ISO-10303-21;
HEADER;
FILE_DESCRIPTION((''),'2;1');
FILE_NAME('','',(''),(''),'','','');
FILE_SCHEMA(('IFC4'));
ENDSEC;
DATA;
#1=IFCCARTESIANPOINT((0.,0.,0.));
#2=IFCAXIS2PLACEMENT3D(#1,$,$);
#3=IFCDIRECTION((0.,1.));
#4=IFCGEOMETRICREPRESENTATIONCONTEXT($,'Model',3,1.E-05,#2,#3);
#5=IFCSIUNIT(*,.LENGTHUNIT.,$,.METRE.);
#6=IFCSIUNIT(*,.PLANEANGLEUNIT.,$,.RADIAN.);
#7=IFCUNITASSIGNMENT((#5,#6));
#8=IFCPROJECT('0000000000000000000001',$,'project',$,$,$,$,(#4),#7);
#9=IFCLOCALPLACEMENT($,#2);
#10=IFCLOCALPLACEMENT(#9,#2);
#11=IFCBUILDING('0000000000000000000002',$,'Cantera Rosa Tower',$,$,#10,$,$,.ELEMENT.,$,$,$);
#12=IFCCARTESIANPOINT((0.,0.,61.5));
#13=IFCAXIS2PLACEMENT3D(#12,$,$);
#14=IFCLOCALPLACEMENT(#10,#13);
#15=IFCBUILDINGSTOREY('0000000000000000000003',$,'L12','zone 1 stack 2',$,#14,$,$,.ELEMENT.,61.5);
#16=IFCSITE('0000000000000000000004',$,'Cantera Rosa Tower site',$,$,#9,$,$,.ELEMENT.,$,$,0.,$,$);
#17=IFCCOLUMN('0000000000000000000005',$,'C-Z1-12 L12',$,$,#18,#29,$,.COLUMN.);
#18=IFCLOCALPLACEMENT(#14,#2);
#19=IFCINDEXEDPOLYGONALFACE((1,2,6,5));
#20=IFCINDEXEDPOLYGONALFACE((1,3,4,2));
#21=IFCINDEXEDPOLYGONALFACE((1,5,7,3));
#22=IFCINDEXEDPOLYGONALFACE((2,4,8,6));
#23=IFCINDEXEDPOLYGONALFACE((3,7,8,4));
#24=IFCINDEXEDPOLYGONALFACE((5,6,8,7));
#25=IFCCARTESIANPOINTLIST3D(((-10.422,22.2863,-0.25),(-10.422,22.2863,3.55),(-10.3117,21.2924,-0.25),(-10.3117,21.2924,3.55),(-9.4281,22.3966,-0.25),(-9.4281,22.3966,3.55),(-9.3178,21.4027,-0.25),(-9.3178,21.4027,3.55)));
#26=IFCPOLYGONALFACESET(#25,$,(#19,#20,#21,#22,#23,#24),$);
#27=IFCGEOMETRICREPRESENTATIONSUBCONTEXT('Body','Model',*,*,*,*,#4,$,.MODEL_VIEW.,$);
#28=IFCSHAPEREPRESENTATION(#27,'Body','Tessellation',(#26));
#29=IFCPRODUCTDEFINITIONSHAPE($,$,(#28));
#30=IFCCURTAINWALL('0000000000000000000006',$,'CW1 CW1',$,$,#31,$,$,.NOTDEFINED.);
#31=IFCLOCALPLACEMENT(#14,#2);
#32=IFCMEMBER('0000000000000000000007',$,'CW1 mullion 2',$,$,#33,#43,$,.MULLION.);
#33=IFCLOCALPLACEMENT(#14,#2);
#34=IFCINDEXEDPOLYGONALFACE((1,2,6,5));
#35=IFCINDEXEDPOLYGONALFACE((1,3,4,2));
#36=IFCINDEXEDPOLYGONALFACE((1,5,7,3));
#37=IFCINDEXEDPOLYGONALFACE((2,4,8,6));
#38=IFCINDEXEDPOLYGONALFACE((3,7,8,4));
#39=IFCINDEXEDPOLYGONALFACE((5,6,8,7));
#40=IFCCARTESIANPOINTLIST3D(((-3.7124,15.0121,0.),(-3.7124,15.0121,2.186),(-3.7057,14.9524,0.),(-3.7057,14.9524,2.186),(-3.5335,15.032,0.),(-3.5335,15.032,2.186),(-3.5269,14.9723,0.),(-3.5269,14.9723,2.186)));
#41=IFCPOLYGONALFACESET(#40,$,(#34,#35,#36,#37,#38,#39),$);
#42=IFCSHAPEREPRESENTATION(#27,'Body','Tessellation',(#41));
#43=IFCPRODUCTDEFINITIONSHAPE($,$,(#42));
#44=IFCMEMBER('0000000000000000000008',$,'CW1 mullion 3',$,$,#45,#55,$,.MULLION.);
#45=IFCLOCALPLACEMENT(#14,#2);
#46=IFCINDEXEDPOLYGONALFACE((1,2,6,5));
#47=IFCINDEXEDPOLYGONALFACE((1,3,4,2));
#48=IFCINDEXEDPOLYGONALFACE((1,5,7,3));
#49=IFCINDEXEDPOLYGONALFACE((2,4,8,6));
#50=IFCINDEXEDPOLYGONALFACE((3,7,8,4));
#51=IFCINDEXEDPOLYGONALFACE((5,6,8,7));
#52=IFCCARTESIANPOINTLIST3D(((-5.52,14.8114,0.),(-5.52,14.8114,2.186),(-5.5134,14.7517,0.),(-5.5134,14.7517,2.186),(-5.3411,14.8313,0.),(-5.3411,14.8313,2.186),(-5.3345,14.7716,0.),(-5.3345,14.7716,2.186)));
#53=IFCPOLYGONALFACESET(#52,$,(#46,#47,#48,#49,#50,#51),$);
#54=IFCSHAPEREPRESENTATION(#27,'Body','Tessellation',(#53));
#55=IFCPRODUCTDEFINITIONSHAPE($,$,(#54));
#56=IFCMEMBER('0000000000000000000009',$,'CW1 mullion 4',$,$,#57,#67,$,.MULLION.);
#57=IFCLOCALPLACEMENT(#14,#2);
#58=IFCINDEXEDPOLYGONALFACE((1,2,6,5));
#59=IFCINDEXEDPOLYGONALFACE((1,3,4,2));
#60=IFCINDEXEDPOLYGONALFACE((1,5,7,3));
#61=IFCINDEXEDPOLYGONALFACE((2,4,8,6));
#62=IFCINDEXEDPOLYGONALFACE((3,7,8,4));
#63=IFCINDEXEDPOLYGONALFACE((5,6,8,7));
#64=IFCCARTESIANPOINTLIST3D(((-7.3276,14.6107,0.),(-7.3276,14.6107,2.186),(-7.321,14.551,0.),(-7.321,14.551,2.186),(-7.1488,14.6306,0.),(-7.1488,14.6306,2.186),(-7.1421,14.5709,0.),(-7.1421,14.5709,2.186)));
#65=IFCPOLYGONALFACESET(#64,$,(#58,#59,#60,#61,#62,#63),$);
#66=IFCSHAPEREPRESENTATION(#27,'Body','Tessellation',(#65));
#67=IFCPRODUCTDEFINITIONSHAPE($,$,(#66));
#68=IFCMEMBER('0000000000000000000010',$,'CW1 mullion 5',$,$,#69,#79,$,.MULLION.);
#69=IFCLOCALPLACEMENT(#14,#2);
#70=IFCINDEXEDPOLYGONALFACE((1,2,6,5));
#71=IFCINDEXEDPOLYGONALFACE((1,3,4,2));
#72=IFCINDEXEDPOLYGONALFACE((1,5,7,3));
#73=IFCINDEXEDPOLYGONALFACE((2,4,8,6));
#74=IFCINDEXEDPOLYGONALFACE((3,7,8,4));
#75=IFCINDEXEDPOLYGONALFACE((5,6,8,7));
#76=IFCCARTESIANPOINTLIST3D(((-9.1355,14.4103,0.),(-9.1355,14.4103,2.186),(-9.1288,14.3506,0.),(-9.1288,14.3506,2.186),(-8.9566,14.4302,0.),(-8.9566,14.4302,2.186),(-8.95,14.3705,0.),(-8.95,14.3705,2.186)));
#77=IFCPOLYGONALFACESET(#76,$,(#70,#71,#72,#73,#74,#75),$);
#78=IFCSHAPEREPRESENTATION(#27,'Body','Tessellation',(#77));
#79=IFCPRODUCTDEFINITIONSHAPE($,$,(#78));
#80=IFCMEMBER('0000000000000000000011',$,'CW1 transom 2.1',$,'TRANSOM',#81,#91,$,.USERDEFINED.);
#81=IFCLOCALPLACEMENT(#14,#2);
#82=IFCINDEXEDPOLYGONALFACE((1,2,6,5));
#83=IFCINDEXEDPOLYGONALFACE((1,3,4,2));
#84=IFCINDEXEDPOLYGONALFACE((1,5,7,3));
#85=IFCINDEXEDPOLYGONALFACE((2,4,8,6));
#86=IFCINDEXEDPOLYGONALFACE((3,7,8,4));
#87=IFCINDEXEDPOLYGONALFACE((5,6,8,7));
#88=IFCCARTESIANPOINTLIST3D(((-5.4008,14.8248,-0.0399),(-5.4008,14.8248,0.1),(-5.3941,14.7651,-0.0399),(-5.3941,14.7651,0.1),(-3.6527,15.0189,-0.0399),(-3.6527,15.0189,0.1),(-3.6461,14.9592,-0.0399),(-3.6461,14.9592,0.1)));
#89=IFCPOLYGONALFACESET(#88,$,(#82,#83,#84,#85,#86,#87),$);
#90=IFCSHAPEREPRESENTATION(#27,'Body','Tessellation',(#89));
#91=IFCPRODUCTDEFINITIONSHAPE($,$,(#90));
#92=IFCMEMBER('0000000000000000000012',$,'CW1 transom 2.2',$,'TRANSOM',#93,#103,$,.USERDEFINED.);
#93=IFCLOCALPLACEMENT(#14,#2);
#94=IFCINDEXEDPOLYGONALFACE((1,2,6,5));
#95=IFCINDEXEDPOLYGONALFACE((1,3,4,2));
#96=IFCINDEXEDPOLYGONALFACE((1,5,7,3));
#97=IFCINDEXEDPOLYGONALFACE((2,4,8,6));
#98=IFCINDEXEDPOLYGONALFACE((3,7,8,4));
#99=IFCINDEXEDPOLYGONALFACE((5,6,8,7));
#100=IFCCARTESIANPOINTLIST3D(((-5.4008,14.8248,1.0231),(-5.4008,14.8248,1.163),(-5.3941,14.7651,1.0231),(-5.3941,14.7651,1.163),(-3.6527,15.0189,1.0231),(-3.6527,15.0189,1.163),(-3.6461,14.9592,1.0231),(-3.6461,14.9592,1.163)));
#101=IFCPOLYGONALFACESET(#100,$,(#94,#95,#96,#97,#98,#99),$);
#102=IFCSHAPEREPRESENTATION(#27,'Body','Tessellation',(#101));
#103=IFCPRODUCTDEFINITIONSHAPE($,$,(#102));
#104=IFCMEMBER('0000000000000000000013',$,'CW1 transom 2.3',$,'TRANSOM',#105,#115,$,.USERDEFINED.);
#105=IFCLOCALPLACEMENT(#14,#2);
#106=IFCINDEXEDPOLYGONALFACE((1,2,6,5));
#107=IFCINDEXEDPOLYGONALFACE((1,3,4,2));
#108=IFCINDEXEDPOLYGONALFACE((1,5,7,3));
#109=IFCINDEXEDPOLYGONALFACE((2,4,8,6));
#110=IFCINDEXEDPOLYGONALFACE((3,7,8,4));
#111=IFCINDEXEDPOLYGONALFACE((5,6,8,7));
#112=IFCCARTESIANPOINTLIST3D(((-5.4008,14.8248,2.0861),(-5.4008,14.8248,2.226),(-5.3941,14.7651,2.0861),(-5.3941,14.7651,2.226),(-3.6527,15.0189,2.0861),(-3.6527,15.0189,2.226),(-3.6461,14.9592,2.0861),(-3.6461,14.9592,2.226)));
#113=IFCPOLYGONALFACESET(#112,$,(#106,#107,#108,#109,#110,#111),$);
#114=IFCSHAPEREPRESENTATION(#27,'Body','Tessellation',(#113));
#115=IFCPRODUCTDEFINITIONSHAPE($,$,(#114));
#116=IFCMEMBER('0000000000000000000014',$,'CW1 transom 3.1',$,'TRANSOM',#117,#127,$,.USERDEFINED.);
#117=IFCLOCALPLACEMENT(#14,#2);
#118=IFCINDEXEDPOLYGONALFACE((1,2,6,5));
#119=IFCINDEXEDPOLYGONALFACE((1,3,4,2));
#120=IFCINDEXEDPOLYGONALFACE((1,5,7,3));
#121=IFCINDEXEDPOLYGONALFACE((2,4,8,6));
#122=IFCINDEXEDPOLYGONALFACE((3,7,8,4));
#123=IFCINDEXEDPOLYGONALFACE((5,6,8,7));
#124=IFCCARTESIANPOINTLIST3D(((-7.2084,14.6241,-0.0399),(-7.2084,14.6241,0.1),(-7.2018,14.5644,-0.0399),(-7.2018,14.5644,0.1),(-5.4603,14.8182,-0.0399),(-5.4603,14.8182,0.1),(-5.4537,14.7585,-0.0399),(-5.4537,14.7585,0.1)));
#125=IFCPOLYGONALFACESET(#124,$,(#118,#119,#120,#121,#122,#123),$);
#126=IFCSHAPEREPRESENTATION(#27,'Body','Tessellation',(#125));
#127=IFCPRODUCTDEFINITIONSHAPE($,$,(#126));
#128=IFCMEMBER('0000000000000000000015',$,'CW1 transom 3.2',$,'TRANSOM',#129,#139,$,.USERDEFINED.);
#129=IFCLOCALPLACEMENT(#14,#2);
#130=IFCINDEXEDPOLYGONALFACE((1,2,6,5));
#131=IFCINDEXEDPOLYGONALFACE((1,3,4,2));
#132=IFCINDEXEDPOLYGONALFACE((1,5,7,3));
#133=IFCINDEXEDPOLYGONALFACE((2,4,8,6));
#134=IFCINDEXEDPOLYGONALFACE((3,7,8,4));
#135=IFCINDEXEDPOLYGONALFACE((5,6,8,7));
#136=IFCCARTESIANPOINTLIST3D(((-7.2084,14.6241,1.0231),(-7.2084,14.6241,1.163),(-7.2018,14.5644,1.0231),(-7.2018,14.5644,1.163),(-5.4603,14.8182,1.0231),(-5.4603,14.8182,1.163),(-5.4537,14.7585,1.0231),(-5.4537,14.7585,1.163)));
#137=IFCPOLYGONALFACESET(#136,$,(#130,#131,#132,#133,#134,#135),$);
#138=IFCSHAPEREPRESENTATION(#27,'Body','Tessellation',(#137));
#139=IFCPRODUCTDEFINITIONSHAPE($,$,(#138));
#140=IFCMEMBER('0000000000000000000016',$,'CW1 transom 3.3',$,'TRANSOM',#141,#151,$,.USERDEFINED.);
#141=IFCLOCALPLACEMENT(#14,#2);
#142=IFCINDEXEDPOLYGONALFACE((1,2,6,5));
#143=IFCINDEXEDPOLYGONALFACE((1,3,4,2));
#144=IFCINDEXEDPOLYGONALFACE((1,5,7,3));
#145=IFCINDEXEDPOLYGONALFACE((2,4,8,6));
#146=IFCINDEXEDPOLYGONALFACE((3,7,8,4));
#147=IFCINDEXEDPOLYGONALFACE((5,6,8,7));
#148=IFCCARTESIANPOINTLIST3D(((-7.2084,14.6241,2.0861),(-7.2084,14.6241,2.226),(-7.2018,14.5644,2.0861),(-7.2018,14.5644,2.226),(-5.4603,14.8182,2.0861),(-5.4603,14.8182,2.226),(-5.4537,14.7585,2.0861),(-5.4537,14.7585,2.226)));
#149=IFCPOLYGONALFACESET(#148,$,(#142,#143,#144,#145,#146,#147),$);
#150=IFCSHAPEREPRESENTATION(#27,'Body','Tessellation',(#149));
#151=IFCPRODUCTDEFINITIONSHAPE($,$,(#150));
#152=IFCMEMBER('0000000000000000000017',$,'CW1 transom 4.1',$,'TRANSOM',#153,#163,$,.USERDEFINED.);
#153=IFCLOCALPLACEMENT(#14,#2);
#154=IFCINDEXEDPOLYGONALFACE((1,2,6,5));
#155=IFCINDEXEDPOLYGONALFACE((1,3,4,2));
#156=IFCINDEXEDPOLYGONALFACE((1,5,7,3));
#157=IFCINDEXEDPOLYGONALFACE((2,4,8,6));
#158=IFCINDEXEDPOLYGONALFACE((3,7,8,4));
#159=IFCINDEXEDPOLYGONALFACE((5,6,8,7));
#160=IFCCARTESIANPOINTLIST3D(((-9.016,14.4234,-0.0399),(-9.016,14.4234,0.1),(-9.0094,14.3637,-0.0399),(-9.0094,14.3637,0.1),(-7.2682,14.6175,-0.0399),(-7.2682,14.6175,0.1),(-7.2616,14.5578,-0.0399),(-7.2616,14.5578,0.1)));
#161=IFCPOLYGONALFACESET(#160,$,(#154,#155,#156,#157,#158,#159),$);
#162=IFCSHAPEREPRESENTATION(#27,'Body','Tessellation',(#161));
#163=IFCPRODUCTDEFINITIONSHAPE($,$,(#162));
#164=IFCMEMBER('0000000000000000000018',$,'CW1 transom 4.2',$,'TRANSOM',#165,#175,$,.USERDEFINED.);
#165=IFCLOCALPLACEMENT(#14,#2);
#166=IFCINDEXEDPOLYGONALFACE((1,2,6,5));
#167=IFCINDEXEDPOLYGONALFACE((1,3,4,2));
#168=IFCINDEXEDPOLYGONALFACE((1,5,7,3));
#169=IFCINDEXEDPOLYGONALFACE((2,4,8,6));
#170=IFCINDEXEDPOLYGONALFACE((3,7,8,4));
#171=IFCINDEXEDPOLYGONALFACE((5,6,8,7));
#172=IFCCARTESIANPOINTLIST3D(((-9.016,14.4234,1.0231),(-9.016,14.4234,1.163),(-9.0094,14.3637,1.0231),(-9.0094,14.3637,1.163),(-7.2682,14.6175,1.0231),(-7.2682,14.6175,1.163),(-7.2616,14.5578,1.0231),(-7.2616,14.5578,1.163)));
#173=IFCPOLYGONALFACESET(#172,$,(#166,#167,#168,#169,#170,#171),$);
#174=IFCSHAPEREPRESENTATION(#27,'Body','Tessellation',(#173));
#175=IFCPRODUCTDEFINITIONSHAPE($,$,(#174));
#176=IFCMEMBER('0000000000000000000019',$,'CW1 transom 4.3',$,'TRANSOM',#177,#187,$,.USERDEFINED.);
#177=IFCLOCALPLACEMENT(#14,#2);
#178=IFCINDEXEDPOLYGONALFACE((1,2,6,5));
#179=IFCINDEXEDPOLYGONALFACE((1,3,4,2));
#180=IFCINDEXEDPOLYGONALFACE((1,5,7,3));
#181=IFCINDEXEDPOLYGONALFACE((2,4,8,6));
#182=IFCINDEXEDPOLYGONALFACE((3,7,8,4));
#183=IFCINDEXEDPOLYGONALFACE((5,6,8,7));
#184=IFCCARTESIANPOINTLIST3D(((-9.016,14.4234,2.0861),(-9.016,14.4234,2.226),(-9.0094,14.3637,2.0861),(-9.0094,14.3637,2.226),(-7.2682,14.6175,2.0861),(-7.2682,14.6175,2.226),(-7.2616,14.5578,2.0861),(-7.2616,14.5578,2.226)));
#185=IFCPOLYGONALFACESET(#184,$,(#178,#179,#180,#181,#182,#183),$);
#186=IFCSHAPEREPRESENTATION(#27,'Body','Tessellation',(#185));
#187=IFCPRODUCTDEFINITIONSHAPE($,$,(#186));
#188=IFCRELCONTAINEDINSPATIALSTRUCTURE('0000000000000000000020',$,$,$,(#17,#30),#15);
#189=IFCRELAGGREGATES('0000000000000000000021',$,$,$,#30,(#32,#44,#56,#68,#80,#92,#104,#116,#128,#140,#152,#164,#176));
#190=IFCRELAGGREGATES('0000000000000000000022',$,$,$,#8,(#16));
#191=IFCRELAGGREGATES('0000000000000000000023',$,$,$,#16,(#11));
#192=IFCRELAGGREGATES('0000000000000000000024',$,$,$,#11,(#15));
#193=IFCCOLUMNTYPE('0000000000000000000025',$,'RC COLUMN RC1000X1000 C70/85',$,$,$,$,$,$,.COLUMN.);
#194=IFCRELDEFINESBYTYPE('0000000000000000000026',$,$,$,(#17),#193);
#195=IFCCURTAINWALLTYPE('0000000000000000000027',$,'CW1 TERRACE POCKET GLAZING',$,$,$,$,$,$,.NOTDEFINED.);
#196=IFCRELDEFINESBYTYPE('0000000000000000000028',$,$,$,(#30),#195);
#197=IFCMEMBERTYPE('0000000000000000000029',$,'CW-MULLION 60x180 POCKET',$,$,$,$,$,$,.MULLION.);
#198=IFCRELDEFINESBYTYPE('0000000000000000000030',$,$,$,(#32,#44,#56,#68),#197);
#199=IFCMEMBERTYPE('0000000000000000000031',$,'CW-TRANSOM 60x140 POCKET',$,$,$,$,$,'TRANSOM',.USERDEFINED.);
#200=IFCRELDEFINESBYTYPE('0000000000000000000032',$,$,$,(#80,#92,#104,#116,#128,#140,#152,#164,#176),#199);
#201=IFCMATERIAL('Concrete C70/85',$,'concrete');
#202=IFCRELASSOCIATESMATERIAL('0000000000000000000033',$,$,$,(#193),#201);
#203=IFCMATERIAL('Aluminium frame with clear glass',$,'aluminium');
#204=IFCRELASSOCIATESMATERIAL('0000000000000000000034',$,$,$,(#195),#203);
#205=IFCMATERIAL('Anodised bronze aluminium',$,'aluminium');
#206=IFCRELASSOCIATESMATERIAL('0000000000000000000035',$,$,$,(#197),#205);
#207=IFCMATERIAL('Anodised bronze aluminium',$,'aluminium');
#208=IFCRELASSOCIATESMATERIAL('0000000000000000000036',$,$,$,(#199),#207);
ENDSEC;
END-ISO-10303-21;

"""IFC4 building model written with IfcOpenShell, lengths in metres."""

from ifc_helpers import new_model, si_unit, direction, frame, origin, origin_2d, place, context, subcontext, project, spatial, rectangle, extrude, material, material_profile, profile_set, type_object, element, aggregate, save


model = new_model("IFC4")

# Units and contexts
model_context = context("Model", 3, precision=1e-05, world=origin(), true_north=direction((0.0, 1.0)))
body_context = subcontext(model_context, "Body", "Model", "MODEL_VIEW")
ifc_project = project(units=[si_unit("LENGTHUNIT", "METRE"), si_unit("PLANEANGLEUNIT", "RADIAN")], contexts=[model_context])

# Site, building, storey
site_placement = place(None, origin())
site = spatial("IfcSite", under=ifc_project, at=site_placement, Name="Cantera Rosa Tower site", CompositionType="ELEMENT", RefElevation=0.0)
building_placement = place(site_placement, origin())
building = spatial("IfcBuilding", under=site, at=building_placement, Name="Cantera Rosa Tower", CompositionType="ELEMENT")
storey_placement = place(building_placement, frame((0.0, 0.0, 61.5)))
storey = spatial("IfcBuildingStorey", under=building, at=storey_placement, Name="L12", Description="zone 1 stack 2", CompositionType="ELEMENT", Elevation=61.5)

# Column
ifc_material_1 = material(Name="Concrete C70/85", Category="concrete")
ifc_material_profile_1 = material_profile(ifc_material_1, rectangle(XDim=1.0, YDim=1.0, at=origin_2d()), Name="RC COLUMN RC1000X1000 C70/85")
ifc_profile_set_1 = profile_set([ifc_material_profile_1], Name="Concrete C70/85")
column_type = type_object("IfcColumnType", Name="RC COLUMN RC1000X1000 C70/85", PredefinedType="COLUMN", material=ifc_profile_set_1)
column_placement = place(storey_placement, frame((-9.8699, 21.8445, -0.25), z_axis=(0.0, 0.0, 1.0), x_axis=(0.993897, 0.110313, 0.0)))
element("IfcColumn", 1, at=column_placement, inside=storey, type_object=column_type, Name="C-Z1-12 L12", PredefinedType="COLUMN", context=body_context, shape_type="SweptSolid", body=[
    extrude(rectangle(XDim=1.0, YDim=1.0, at=origin_2d()), origin(), (0.0, 0.0, 1.0), 3.8),
])

# Curtain wall, members
ifc_material_2 = material(Name="Aluminium frame with clear glass", Category="aluminium")
curtain_wall_type = type_object("IfcCurtainWallType", Name="CW1 TERRACE POCKET GLAZING", PredefinedType="NOTDEFINED", material=ifc_material_2)
curtain_wall_placement = place(storey_placement, origin())
curtain_wall = element("IfcCurtainWall", 2, at=curtain_wall_placement, inside=storey, type_object=curtain_wall_type, Name="CW1 CW1", PredefinedType="NOTDEFINED")
ifc_material_3 = material(Name="Anodised bronze aluminium", Category="aluminium")
ifc_material_profile_2 = material_profile(ifc_material_3, rectangle(XDim=0.0601, YDim=0.1799, at=origin_2d()), Name="CW-MULLION 60x180 POCKET")
ifc_profile_set_2 = profile_set([ifc_material_profile_2], Name="Anodised bronze aluminium")
member_type_1 = type_object("IfcMemberType", Name="CW-MULLION 60x180 POCKET", PredefinedType="MULLION", material=ifc_profile_set_2)
member_1_placement = place(storey_placement, frame((-3.6196, 14.9922, 0.0), z_axis=(0.0, 0.0, 1.0), x_axis=(0.110313, -0.993897, 0.0)))
member_1 = element("IfcMember", 3, at=member_1_placement, type_object=member_type_1, Name="CW1 mullion 2", PredefinedType="MULLION", context=body_context, shape_type="SweptSolid", body=[
    extrude(rectangle(XDim=0.0601, YDim=0.1799, at=origin_2d()), origin(), (0.0, 0.0, 1.0), 2.186),
])
member_2_placement = place(storey_placement, frame((-5.4272, 14.7915, 0.0), z_axis=(0.0, 0.0, 1.0), x_axis=(0.110313, -0.993897, 0.0)))
member_2 = element("IfcMember", 4, at=member_2_placement, type_object=member_type_1, Name="CW1 mullion 3", PredefinedType="MULLION", context=body_context, shape_type="SweptSolid", body=[
    extrude(rectangle(XDim=0.0601, YDim=0.1799, at=origin_2d()), origin(), (0.0, 0.0, 1.0), 2.186),
])
member_3_placement = place(storey_placement, frame((-7.2349, 14.5908, 0.0), z_axis=(0.0, 0.0, 1.0), x_axis=(0.110313, -0.993897, 0.0)))
member_3 = element("IfcMember", 5, at=member_3_placement, type_object=member_type_1, Name="CW1 mullion 4", PredefinedType="MULLION", context=body_context, shape_type="SweptSolid", body=[
    extrude(rectangle(XDim=0.0601, YDim=0.1799, at=origin_2d()), origin(), (0.0, 0.0, 1.0), 2.186),
])
member_4_placement = place(storey_placement, frame((-9.0427, 14.3904, 0.0), z_axis=(0.0, 0.0, 1.0), x_axis=(0.110313, -0.993897, 0.0)))
member_4 = element("IfcMember", 6, at=member_4_placement, type_object=member_type_1, Name="CW1 mullion 5", PredefinedType="MULLION", context=body_context, shape_type="SweptSolid", body=[
    extrude(rectangle(XDim=0.0601, YDim=0.1799, at=origin_2d()), origin(), (0.0, 0.0, 1.0), 2.186),
])
ifc_material_4 = material(Name="Anodised bronze aluminium", Category="aluminium")
ifc_material_profile_3 = material_profile(ifc_material_4, rectangle(XDim=0.0601, YDim=0.1399, at=origin_2d()), Name="CW-TRANSOM 60x140 POCKET")
ifc_profile_set_3 = profile_set([ifc_material_profile_3], Name="Anodised bronze aluminium")
member_type_2 = type_object("IfcMemberType", Name="CW-TRANSOM 60x140 POCKET", ElementType="TRANSOM", PredefinedType="USERDEFINED", material=ifc_profile_set_3)
member_5_placement = place(storey_placement, frame((-3.6494, 14.989, 0.03), z_axis=(-0.993892, -0.110355, 0.0), x_axis=(0.110355, -0.993892, 0.0)))
member_5 = element("IfcMember", 7, at=member_5_placement, type_object=member_type_2, Name="CW1 transom 2.1", ObjectType="TRANSOM", PredefinedType="USERDEFINED", context=body_context, shape_type="SweptSolid", body=[
    extrude(rectangle(XDim=0.0601, YDim=0.1399, at=origin_2d()), origin(), (0.0, 0.0, 1.0), 1.7588),
])
member_6_placement = place(storey_placement, frame((-3.6494, 14.989, 1.093), z_axis=(-0.993892, -0.110355, 0.0), x_axis=(0.110355, -0.993892, 0.0)))
member_6 = element("IfcMember", 8, at=member_6_placement, type_object=member_type_2, Name="CW1 transom 2.2", ObjectType="TRANSOM", PredefinedType="USERDEFINED", context=body_context, shape_type="SweptSolid", body=[
    extrude(rectangle(XDim=0.0601, YDim=0.1399, at=origin_2d()), origin(), (0.0, 0.0, 1.0), 1.7588),
])
member_7_placement = place(storey_placement, frame((-3.6494, 14.989, 2.156), z_axis=(-0.993892, -0.110355, 0.0), x_axis=(0.110355, -0.993892, 0.0)))
member_7 = element("IfcMember", 9, at=member_7_placement, type_object=member_type_2, Name="CW1 transom 2.3", ObjectType="TRANSOM", PredefinedType="USERDEFINED", context=body_context, shape_type="SweptSolid", body=[
    extrude(rectangle(XDim=0.0601, YDim=0.1399, at=origin_2d()), origin(), (0.0, 0.0, 1.0), 1.7588),
])
member_8_placement = place(storey_placement, frame((-5.457, 14.7883, 0.03), z_axis=(-0.993892, -0.110355, 0.0), x_axis=(0.110355, -0.993892, 0.0)))
member_8 = element("IfcMember", 10, at=member_8_placement, type_object=member_type_2, Name="CW1 transom 3.1", ObjectType="TRANSOM", PredefinedType="USERDEFINED", context=body_context, shape_type="SweptSolid", body=[
    extrude(rectangle(XDim=0.0601, YDim=0.1399, at=origin_2d()), origin(), (0.0, 0.0, 1.0), 1.7588),
])
member_9_placement = place(storey_placement, frame((-5.457, 14.7883, 1.093), z_axis=(-0.993892, -0.110355, 0.0), x_axis=(0.110355, -0.993892, 0.0)))
member_9 = element("IfcMember", 11, at=member_9_placement, type_object=member_type_2, Name="CW1 transom 3.2", ObjectType="TRANSOM", PredefinedType="USERDEFINED", context=body_context, shape_type="SweptSolid", body=[
    extrude(rectangle(XDim=0.0601, YDim=0.1399, at=origin_2d()), origin(), (0.0, 0.0, 1.0), 1.7588),
])
member_10_placement = place(storey_placement, frame((-5.457, 14.7883, 2.156), z_axis=(-0.993892, -0.110355, 0.0), x_axis=(0.110355, -0.993892, 0.0)))
member_10 = element("IfcMember", 12, at=member_10_placement, type_object=member_type_2, Name="CW1 transom 3.3", ObjectType="TRANSOM", PredefinedType="USERDEFINED", context=body_context, shape_type="SweptSolid", body=[
    extrude(rectangle(XDim=0.0601, YDim=0.1399, at=origin_2d()), origin(), (0.0, 0.0, 1.0), 1.7588),
])
member_11_placement = place(storey_placement, frame((-7.2649, 14.5876, 0.03), z_axis=(-0.993891, -0.110371, 0.0), x_axis=(0.110371, -0.993891, 0.0)))
member_11 = element("IfcMember", 13, at=member_11_placement, type_object=member_type_2, Name="CW1 transom 4.1", ObjectType="TRANSOM", PredefinedType="USERDEFINED", context=body_context, shape_type="SweptSolid", body=[
    extrude(rectangle(XDim=0.0601, YDim=0.1399, at=origin_2d()), origin(), (0.0, 0.0, 1.0), 1.7585),
])
member_12_placement = place(storey_placement, frame((-7.2649, 14.5876, 1.093), z_axis=(-0.993891, -0.110371, 0.0), x_axis=(0.110371, -0.993891, 0.0)))
member_12 = element("IfcMember", 14, at=member_12_placement, type_object=member_type_2, Name="CW1 transom 4.2", ObjectType="TRANSOM", PredefinedType="USERDEFINED", context=body_context, shape_type="SweptSolid", body=[
    extrude(rectangle(XDim=0.0601, YDim=0.1399, at=origin_2d()), origin(), (0.0, 0.0, 1.0), 1.7585),
])
member_13_placement = place(storey_placement, frame((-7.2649, 14.5876, 2.156), z_axis=(-0.993891, -0.110371, 0.0), x_axis=(0.110371, -0.993891, 0.0)))
member_13 = element("IfcMember", 15, at=member_13_placement, type_object=member_type_2, Name="CW1 transom 4.3", ObjectType="TRANSOM", PredefinedType="USERDEFINED", context=body_context, shape_type="SweptSolid", body=[
    extrude(rectangle(XDim=0.0601, YDim=0.1399, at=origin_2d()), origin(), (0.0, 0.0, 1.0), 1.7585),
])

aggregate(curtain_wall, [member_1, member_2, member_3, member_4, member_5, member_6, member_7, member_8, member_9, member_10, member_11, member_12, member_13])

save(model, "model.ifc")
